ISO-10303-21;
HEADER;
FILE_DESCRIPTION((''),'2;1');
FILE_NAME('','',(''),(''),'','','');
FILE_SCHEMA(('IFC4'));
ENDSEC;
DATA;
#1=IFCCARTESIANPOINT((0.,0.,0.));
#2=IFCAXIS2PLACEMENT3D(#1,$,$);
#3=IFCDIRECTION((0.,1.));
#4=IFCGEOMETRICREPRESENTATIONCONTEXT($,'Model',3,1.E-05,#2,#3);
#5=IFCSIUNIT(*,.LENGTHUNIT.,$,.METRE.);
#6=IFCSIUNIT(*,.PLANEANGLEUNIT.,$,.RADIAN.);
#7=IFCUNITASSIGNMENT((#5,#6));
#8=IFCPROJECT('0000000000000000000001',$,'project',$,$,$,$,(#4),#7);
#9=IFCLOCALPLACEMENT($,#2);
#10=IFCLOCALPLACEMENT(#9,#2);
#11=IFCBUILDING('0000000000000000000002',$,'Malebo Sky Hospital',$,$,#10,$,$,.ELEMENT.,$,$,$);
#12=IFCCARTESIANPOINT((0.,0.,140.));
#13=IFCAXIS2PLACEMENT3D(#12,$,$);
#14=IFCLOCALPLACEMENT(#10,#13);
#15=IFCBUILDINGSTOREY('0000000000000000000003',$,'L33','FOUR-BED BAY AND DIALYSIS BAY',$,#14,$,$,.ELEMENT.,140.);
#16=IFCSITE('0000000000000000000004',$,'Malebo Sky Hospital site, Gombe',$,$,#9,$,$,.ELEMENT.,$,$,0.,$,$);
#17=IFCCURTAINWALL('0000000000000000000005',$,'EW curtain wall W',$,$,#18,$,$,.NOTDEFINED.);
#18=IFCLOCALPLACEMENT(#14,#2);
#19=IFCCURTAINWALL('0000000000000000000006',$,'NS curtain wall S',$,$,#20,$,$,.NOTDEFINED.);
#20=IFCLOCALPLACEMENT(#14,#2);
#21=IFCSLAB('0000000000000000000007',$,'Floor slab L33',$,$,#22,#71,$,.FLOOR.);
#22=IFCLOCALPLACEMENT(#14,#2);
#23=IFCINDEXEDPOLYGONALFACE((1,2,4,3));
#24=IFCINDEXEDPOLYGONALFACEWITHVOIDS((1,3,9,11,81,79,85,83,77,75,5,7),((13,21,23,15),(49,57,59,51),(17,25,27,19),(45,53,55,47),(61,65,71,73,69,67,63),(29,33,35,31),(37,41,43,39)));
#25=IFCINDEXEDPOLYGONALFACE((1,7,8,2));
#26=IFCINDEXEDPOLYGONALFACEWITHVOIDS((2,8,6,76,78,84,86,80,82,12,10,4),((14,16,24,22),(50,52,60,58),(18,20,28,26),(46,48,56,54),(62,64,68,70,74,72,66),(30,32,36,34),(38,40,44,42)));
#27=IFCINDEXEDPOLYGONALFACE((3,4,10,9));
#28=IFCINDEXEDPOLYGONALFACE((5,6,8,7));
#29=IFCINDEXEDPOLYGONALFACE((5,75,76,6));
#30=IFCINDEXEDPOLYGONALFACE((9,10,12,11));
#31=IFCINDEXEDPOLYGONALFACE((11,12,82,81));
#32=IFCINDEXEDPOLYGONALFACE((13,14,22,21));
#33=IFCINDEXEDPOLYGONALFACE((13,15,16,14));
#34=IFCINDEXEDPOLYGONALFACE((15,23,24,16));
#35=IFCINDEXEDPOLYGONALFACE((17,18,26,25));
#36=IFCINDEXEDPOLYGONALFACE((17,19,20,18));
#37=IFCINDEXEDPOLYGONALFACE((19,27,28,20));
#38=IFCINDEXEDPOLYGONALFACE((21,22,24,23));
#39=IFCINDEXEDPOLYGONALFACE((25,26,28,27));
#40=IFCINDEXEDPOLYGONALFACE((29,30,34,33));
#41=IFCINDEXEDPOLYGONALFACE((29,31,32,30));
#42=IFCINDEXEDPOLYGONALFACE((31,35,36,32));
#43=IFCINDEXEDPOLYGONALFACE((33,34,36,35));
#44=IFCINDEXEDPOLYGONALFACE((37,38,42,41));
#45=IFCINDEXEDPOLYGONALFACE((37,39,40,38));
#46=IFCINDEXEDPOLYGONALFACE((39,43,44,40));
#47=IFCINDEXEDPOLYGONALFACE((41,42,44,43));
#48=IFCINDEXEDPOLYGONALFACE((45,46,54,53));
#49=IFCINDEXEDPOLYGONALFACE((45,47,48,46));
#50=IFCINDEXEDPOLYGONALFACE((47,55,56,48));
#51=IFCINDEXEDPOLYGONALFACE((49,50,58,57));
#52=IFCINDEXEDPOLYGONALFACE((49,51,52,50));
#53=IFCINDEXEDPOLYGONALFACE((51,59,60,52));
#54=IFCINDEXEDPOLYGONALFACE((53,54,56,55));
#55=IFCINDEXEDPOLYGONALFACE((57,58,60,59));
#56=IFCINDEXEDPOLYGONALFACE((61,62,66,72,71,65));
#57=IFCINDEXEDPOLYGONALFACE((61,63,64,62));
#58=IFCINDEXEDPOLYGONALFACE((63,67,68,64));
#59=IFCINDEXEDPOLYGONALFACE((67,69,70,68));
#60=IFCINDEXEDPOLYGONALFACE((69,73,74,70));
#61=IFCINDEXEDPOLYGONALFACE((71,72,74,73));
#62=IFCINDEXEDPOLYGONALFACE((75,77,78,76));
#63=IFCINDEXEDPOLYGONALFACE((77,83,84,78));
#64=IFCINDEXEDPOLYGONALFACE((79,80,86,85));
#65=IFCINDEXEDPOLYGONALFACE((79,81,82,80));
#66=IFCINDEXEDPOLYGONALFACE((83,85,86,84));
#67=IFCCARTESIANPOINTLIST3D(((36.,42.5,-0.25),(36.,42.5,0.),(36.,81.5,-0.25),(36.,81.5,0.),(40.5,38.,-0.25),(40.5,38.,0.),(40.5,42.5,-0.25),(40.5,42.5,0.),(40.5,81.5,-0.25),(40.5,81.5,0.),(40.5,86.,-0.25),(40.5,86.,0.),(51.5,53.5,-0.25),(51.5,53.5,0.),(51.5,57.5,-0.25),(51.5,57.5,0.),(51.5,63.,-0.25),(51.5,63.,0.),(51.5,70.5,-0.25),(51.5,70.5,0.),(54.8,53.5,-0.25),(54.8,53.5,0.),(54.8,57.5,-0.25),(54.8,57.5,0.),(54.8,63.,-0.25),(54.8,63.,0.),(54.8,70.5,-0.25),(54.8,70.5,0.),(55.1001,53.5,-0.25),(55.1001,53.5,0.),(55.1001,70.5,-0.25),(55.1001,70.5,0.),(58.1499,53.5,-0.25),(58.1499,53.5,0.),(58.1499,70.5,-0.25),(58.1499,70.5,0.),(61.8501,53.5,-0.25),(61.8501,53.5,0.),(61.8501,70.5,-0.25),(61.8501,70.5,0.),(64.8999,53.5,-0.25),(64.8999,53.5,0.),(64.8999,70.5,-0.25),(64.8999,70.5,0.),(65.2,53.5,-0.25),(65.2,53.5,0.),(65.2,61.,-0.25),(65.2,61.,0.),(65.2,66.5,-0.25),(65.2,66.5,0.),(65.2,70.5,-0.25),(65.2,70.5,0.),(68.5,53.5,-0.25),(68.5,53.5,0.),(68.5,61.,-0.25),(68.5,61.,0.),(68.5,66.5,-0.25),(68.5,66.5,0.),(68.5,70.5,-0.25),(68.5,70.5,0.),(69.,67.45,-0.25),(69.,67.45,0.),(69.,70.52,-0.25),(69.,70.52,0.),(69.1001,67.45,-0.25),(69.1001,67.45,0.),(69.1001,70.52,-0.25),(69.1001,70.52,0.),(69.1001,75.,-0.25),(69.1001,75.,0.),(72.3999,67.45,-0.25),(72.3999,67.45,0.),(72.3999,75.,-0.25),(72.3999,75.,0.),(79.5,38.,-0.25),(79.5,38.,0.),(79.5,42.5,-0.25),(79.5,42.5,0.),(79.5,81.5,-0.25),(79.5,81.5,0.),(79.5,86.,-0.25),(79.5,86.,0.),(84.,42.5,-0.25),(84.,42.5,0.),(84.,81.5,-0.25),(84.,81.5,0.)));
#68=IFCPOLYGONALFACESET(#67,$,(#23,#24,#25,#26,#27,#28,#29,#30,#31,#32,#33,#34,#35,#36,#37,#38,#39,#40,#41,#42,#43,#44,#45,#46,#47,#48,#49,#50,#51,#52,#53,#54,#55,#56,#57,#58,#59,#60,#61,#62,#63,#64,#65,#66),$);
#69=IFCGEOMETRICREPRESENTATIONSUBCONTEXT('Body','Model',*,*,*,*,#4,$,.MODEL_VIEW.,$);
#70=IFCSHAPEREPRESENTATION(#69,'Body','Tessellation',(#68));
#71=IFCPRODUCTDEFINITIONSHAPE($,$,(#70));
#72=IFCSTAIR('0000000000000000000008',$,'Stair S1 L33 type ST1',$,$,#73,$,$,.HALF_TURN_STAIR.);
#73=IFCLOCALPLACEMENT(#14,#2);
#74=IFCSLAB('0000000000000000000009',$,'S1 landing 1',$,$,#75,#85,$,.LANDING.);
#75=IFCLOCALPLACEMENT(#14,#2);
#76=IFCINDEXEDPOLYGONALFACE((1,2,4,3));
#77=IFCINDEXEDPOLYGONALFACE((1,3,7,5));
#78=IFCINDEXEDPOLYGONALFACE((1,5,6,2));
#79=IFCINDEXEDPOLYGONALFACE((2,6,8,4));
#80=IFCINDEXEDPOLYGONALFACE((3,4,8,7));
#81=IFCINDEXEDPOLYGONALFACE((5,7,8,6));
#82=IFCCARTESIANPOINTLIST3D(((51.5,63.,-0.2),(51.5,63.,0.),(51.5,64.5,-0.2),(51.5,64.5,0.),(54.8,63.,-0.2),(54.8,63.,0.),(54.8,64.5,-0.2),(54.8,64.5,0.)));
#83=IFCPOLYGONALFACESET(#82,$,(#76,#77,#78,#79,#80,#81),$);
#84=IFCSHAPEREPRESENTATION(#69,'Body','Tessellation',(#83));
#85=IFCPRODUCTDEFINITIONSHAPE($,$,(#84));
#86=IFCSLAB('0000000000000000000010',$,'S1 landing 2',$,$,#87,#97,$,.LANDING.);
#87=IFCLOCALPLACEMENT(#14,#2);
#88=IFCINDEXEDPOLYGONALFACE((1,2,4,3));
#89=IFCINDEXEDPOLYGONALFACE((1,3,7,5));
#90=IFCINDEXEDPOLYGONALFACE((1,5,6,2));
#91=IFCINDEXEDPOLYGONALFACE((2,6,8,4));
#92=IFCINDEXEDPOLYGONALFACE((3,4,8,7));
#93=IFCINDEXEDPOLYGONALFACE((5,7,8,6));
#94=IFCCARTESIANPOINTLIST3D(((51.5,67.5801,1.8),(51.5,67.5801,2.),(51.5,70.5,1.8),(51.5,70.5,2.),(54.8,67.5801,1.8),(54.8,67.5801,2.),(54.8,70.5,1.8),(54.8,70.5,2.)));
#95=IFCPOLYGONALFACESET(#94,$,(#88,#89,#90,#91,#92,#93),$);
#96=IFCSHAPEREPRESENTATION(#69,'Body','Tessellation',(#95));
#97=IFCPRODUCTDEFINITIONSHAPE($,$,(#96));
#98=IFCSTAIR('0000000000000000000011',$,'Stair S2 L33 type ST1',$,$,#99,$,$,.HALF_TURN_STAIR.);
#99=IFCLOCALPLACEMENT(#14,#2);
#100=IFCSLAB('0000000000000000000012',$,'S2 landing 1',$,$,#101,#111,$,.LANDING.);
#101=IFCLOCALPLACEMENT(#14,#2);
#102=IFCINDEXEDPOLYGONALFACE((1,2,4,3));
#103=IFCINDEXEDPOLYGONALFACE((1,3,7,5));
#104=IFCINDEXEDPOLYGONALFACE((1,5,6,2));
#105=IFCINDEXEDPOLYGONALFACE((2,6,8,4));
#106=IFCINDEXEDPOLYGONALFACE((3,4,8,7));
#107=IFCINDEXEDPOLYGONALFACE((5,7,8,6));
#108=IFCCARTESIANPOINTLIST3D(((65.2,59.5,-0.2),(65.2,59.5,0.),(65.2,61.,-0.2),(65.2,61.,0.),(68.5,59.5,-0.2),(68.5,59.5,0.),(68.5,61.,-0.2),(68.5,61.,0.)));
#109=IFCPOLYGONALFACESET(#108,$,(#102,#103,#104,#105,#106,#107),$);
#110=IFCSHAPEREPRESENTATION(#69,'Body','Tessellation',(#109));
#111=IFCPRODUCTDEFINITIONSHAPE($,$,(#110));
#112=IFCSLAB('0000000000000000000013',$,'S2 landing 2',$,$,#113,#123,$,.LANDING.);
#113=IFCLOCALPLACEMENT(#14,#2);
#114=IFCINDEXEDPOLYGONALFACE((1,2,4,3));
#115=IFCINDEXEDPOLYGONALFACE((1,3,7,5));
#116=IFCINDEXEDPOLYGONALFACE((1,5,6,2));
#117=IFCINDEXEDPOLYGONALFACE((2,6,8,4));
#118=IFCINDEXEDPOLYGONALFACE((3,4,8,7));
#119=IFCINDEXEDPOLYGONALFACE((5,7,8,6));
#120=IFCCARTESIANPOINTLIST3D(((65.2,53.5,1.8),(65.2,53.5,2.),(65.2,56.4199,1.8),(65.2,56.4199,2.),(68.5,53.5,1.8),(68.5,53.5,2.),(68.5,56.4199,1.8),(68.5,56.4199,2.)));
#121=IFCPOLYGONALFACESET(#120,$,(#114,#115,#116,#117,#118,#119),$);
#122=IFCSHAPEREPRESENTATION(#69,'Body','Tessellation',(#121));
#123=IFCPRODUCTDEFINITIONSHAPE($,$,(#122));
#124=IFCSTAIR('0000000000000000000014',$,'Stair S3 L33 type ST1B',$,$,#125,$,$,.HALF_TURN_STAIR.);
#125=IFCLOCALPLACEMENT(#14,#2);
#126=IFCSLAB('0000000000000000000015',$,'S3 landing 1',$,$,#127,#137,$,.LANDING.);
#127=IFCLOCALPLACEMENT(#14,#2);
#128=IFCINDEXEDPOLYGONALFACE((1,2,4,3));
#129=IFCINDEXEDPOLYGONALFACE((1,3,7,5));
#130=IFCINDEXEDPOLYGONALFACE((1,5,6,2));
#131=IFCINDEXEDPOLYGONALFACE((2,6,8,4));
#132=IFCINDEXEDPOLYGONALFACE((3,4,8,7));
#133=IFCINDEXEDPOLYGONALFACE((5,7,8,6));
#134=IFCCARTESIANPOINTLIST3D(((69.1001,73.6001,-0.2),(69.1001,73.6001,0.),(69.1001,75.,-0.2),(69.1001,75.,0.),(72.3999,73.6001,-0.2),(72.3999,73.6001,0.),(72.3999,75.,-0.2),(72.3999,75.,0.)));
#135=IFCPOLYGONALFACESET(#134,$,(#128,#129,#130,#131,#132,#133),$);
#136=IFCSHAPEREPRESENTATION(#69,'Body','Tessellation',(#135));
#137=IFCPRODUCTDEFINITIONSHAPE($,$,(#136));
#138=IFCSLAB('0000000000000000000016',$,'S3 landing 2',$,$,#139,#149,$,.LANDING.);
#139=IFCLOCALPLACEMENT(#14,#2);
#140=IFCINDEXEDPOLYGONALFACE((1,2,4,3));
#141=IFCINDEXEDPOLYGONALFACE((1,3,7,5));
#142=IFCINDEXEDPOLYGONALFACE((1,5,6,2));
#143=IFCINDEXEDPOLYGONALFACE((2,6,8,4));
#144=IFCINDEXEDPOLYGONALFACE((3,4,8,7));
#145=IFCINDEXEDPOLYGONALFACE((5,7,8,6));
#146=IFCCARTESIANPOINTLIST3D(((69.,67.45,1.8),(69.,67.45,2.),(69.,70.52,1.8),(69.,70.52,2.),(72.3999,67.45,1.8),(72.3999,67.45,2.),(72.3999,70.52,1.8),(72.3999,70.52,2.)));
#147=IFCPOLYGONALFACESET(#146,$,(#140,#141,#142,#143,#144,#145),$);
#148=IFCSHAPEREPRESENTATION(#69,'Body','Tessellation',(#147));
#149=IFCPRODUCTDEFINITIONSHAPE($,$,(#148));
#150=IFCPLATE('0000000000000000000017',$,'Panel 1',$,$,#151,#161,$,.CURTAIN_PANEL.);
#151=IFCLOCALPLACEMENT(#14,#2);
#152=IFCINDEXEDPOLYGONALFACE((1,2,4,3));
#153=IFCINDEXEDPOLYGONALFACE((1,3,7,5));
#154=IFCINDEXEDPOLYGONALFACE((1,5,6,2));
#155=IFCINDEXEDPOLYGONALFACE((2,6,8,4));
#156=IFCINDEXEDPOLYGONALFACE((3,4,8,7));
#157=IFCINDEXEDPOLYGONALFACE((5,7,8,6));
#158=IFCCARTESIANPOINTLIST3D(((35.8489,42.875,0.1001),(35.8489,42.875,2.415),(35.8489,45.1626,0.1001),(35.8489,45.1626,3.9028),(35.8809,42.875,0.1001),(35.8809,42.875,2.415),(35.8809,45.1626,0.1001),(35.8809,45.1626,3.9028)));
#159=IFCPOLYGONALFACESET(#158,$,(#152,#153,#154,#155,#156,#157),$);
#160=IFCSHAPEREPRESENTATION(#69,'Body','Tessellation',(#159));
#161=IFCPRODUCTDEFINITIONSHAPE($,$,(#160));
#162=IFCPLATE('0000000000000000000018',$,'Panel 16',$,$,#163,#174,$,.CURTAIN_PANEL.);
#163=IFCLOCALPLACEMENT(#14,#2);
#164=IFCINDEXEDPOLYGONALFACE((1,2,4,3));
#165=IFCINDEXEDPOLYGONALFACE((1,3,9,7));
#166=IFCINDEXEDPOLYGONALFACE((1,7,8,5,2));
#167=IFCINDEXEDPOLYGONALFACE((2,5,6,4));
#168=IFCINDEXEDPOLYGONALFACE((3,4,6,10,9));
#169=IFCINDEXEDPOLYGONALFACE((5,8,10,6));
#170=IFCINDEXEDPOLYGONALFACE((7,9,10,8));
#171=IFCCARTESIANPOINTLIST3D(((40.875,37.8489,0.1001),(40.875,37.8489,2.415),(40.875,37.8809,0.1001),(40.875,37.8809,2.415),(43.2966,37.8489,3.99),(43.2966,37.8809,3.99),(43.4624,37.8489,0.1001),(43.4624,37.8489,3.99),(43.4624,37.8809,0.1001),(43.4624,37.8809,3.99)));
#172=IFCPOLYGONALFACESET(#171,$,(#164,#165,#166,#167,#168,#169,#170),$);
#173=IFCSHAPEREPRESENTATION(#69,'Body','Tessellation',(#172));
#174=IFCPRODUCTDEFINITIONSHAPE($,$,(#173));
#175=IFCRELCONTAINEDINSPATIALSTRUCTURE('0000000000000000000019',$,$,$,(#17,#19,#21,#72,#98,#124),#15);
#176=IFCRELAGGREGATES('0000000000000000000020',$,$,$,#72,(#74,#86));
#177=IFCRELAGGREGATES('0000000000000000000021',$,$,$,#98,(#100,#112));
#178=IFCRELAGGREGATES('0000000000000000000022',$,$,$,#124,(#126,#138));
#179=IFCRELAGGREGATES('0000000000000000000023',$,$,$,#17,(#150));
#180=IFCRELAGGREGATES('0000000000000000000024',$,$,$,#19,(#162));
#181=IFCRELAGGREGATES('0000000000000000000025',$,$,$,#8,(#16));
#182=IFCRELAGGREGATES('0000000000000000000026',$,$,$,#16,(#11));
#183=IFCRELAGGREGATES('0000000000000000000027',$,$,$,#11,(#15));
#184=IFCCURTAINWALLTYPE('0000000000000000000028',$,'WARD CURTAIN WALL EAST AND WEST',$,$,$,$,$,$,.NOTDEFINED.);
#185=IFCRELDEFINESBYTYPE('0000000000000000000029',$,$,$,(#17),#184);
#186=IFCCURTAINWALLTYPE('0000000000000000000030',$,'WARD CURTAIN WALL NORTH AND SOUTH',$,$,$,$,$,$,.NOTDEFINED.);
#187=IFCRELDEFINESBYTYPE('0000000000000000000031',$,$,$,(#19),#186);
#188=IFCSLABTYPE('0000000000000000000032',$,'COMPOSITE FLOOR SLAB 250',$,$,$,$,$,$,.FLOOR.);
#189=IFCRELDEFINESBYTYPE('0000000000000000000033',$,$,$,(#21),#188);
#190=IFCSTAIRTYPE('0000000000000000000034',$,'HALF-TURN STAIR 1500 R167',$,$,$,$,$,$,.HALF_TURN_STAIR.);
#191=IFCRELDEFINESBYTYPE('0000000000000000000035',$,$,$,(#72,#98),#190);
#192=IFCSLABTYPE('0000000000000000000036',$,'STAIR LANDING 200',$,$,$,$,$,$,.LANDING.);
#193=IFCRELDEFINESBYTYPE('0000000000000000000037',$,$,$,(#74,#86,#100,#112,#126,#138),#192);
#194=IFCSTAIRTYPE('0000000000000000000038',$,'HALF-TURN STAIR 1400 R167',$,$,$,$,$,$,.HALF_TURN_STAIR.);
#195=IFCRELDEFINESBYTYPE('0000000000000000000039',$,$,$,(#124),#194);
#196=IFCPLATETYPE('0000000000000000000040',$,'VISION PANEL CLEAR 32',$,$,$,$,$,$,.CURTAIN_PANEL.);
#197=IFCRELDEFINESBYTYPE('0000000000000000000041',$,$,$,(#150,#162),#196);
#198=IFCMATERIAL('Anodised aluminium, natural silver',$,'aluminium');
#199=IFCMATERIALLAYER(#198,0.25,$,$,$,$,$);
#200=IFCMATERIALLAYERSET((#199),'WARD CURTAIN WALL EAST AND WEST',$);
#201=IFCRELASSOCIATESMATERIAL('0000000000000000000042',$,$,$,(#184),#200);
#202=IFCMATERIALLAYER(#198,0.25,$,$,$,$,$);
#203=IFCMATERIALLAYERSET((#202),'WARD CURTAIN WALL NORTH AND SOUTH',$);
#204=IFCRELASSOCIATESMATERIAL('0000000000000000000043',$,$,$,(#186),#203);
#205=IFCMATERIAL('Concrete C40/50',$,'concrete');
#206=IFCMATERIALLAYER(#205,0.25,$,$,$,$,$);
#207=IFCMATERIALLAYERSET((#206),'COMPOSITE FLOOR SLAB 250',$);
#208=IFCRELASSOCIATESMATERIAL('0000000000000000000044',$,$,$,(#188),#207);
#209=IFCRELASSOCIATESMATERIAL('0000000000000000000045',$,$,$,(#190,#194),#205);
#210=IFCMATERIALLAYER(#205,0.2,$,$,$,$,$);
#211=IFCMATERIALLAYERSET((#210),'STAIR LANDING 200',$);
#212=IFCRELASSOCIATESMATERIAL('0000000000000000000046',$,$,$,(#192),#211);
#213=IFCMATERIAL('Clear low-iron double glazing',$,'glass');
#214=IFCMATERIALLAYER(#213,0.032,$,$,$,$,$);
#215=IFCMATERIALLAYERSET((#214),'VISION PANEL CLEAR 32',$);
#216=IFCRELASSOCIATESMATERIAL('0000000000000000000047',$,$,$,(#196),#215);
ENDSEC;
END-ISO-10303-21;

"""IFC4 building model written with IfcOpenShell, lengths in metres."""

from ifc_helpers import new_model, si_unit, direction, frame, origin, place, context, subcontext, project, spatial, polyline, outline, extrude, material, layer, layer_set, type_object, element, aggregate, save


model = new_model("IFC4")

# Units and contexts
model_context = context("Model", 3, precision=1e-05, world=origin(), true_north=direction((0.0, 1.0)))
body_context = subcontext(model_context, "Body", "Model", "MODEL_VIEW")
ifc_project = project(units=[si_unit("LENGTHUNIT", "METRE"), si_unit("PLANEANGLEUNIT", "RADIAN")], contexts=[model_context])

# Site, building, storey
site_placement = place(None, origin())
site = spatial("IfcSite", under=ifc_project, at=site_placement, Name="Malebo Sky Hospital site, Gombe", CompositionType="ELEMENT", RefElevation=0.0)
building_placement = place(site_placement, origin())
building = spatial("IfcBuilding", under=site, at=building_placement, Name="Malebo Sky Hospital", CompositionType="ELEMENT")
storey_placement = place(building_placement, frame((0.0, 0.0, 140.0)))
storey = spatial("IfcBuildingStorey", under=building, at=storey_placement, Name="L33", Description="FOUR-BED BAY AND DIALYSIS BAY", CompositionType="ELEMENT", Elevation=140.0)

# Curtain walls
ifc_material_1 = material(Name="Anodised aluminium, natural silver", Category="aluminium")
ifc_layer_1 = layer(ifc_material_1, 0.25)
ifc_layer_set_1 = layer_set([ifc_layer_1], Name="WARD CURTAIN WALL EAST AND WEST")
curtain_wall_type_1 = type_object("IfcCurtainWallType", Name="WARD CURTAIN WALL EAST AND WEST", PredefinedType="NOTDEFINED", material=ifc_layer_set_1)
curtain_wall_1_placement = place(storey_placement, origin())
curtain_wall_1 = element("IfcCurtainWall", 1, at=curtain_wall_1_placement, inside=storey, type_object=curtain_wall_type_1, Name="EW curtain wall W", PredefinedType="NOTDEFINED")
ifc_layer_2 = layer(ifc_material_1, 0.25)
ifc_layer_set_2 = layer_set([ifc_layer_2], Name="WARD CURTAIN WALL NORTH AND SOUTH")
curtain_wall_type_2 = type_object("IfcCurtainWallType", Name="WARD CURTAIN WALL NORTH AND SOUTH", PredefinedType="NOTDEFINED", material=ifc_layer_set_2)
curtain_wall_2_placement = place(storey_placement, origin())
curtain_wall_2 = element("IfcCurtainWall", 2, at=curtain_wall_2_placement, inside=storey, type_object=curtain_wall_type_2, Name="NS curtain wall S", PredefinedType="NOTDEFINED")

# Slab
ifc_material_2 = material(Name="Concrete C40/50", Category="concrete")
ifc_layer_3 = layer(ifc_material_2, 0.25)
ifc_layer_set_3 = layer_set([ifc_layer_3], Name="COMPOSITE FLOOR SLAB 250")
slab_type_1 = type_object("IfcSlabType", Name="COMPOSITE FLOOR SLAB 250", PredefinedType="FLOOR", material=ifc_layer_set_3)
slab_1_placement = place(storey_placement, frame((0.0, 0.0, -0.25)))
element("IfcSlab", 3, at=slab_1_placement, inside=storey, type_object=slab_type_1, Name="Floor slab L33", PredefinedType="FLOOR", context=body_context, shape_type="SweptSolid", body=[
    extrude(outline(polyline([(40.5, 86.0), (40.5, 81.5), (36.0, 81.5), (36.0, 42.5), (40.5, 42.5), (40.5, 38.0), (79.5, 38.0), (79.5, 42.5), (84.0, 42.5), (84.0, 81.5), (79.5, 81.5), (79.5, 86.0), (40.5, 86.0)]), holes=[polyline([(55.1001, 70.5), (58.1499, 70.5), (58.1499, 53.5), (55.1001, 53.5), (55.1001, 70.5)]), polyline([(64.8999, 70.5), (64.8999, 53.5), (61.8501, 53.5), (61.8501, 70.5), (64.8999, 70.5)]), polyline([(54.8, 63.0), (51.5, 63.0), (51.5, 70.5), (54.8, 70.5), (54.8, 63.0)]), polyline([(51.5, 53.5), (51.5, 57.5), (54.8, 57.5), (54.8, 53.5), (51.5, 53.5)]), polyline([(65.2, 61.0), (68.5, 61.0), (68.5, 53.5), (65.2, 53.5), (65.2, 61.0)]), polyline([(68.5, 70.5), (68.5, 66.5), (65.2, 66.5), (65.2, 70.5), (68.5, 70.5)]), polyline([(69.0, 67.45), (69.0, 70.52), (69.1001, 70.52), (69.1001, 75.0), (72.3999, 75.0), (72.3999, 67.45), (69.1001, 67.45), (69.0, 67.45)])]), origin(), (0.0, 0.0, 1.0), 0.25),
])

# Stairs, slabs
stair_type_1 = type_object("IfcStairType", Name="HALF-TURN STAIR 1500 R167", PredefinedType="HALF_TURN_STAIR", material=ifc_material_2)
stair_1_placement = place(storey_placement, origin())
stair_1 = element("IfcStair", 4, at=stair_1_placement, inside=storey, type_object=stair_type_1, Name="Stair S1 L33 type ST1", PredefinedType="HALF_TURN_STAIR")
ifc_layer_4 = layer(ifc_material_2, 0.2)
ifc_layer_set_4 = layer_set([ifc_layer_4], Name="STAIR LANDING 200")
slab_type_2 = type_object("IfcSlabType", Name="STAIR LANDING 200", PredefinedType="LANDING", material=ifc_layer_set_4)
slab_2_placement = place(storey_placement, frame((0.0, 0.0, -0.2)))
slab_2 = element("IfcSlab", 5, at=slab_2_placement, type_object=slab_type_2, Name="S1 landing 1", PredefinedType="LANDING", context=body_context, shape_type="SweptSolid", body=[
    extrude(outline(polyline([(51.5, 63.0), (54.8, 63.0), (54.8, 64.5), (51.5, 64.5), (51.5, 63.0)])), origin(), (0.0, 0.0, 1.0), 0.2),
])
slab_3_placement = place(storey_placement, frame((0.0, 0.0, 1.8)))
slab_3 = element("IfcSlab", 6, at=slab_3_placement, type_object=slab_type_2, Name="S1 landing 2", PredefinedType="LANDING", context=body_context, shape_type="SweptSolid", body=[
    extrude(outline(polyline([(51.5, 67.5801), (54.8, 67.5801), (54.8, 70.5), (51.5, 70.5), (51.5, 67.5801)])), origin(), (0.0, 0.0, 1.0), 0.2),
])
aggregate(stair_1, [slab_2, slab_3])
stair_2_placement = place(storey_placement, origin())
stair_2 = element("IfcStair", 7, at=stair_2_placement, inside=storey, type_object=stair_type_1, Name="Stair S2 L33 type ST1", PredefinedType="HALF_TURN_STAIR")
slab_4_placement = place(storey_placement, frame((0.0, 0.0, -0.2)))
slab_4 = element("IfcSlab", 8, at=slab_4_placement, type_object=slab_type_2, Name="S2 landing 1", PredefinedType="LANDING", context=body_context, shape_type="SweptSolid", body=[
    extrude(outline(polyline([(65.2, 59.5), (68.5, 59.5), (68.5, 61.0), (65.2, 61.0), (65.2, 59.5)])), origin(), (0.0, 0.0, 1.0), 0.2),
])
slab_5_placement = place(storey_placement, frame((0.0, 0.0, 1.8)))
slab_5 = element("IfcSlab", 9, at=slab_5_placement, type_object=slab_type_2, Name="S2 landing 2", PredefinedType="LANDING", context=body_context, shape_type="SweptSolid", body=[
    extrude(outline(polyline([(65.2, 53.5), (68.5, 53.5), (68.5, 56.4199), (65.2, 56.4199), (65.2, 53.5)])), origin(), (0.0, 0.0, 1.0), 0.2),
])
aggregate(stair_2, [slab_4, slab_5])
stair_type_2 = type_object("IfcStairType", Name="HALF-TURN STAIR 1400 R167", PredefinedType="HALF_TURN_STAIR", material=ifc_material_2)
stair_3_placement = place(storey_placement, origin())
stair_3 = element("IfcStair", 10, at=stair_3_placement, inside=storey, type_object=stair_type_2, Name="Stair S3 L33 type ST1B", PredefinedType="HALF_TURN_STAIR")
slab_6_placement = place(storey_placement, frame((0.0, 0.0, -0.2)))
slab_6 = element("IfcSlab", 11, at=slab_6_placement, type_object=slab_type_2, Name="S3 landing 1", PredefinedType="LANDING", context=body_context, shape_type="SweptSolid", body=[
    extrude(outline(polyline([(69.1001, 73.6001), (72.3999, 73.6001), (72.3999, 75.0), (69.1001, 75.0), (69.1001, 73.6001)])), origin(), (0.0, 0.0, 1.0), 0.2),
])
slab_7_placement = place(storey_placement, frame((0.0, 0.0, 1.8)))
slab_7 = element("IfcSlab", 12, at=slab_7_placement, type_object=slab_type_2, Name="S3 landing 2", PredefinedType="LANDING", context=body_context, shape_type="SweptSolid", body=[
    extrude(outline(polyline([(69.0, 67.45), (72.3999, 67.45), (72.3999, 70.52), (69.0, 70.52), (69.0, 67.45)])), origin(), (0.0, 0.0, 1.0), 0.2),
])
aggregate(stair_3, [slab_6, slab_7])

# Plates
ifc_material_3 = material(Name="Clear low-iron double glazing", Category="glass")
ifc_layer_5 = layer(ifc_material_3, 0.032)
ifc_layer_set_5 = layer_set([ifc_layer_5], Name="VISION PANEL CLEAR 32")
plate_type = type_object("IfcPlateType", Name="VISION PANEL CLEAR 32", PredefinedType="CURTAIN_PANEL", material=ifc_layer_set_5)
plate_1_placement = place(storey_placement, frame((35.865, 44.0188, 0.1001), z_axis=(0.0, 0.0, 1.0), x_axis=(0.0, 1.0, 0.0)))
plate_1 = element("IfcPlate", 13, at=plate_1_placement, type_object=plate_type, Name="Panel 1", PredefinedType="CURTAIN_PANEL", context=body_context, shape_type="SweptSolid", body=[
    extrude(outline(polyline([(-1.1438, 0.0), (1.1438, 0.0), (1.1438, 3.8027), (-1.1438, 2.3149), (-1.1438, 0.0)])), frame((0.0, 0.0161, 0.0), z_axis=(0.0, -1.0, 0.0), x_axis=(1.0, 0.0, 0.0)), (0.0, 0.0, 1.0), 0.032),
])
aggregate(curtain_wall_1, [plate_1])
plate_2_placement = place(storey_placement, frame((42.1687, 37.865, 0.1001), z_axis=(0.0, 0.0, 1.0), x_axis=(-1.0, 0.0, 0.0)))
plate_2 = element("IfcPlate", 14, at=plate_2_placement, type_object=plate_type, Name="Panel 16", PredefinedType="CURTAIN_PANEL", context=body_context, shape_type="SweptSolid", body=[
    extrude(outline(polyline([(-1.2937, 0.0), (1.2937, 0.0), (1.2937, 2.3149), (-1.1279, 3.8899), (-1.2937, 3.8899), (-1.2937, 0.0)])), frame((0.0, 0.0161, 0.0), z_axis=(0.0, -1.0, 0.0), x_axis=(1.0, 0.0, 0.0)), (0.0, 0.0, 1.0), 0.032),
])
aggregate(curtain_wall_2, [plate_2])

save(model, "model.ifc")
